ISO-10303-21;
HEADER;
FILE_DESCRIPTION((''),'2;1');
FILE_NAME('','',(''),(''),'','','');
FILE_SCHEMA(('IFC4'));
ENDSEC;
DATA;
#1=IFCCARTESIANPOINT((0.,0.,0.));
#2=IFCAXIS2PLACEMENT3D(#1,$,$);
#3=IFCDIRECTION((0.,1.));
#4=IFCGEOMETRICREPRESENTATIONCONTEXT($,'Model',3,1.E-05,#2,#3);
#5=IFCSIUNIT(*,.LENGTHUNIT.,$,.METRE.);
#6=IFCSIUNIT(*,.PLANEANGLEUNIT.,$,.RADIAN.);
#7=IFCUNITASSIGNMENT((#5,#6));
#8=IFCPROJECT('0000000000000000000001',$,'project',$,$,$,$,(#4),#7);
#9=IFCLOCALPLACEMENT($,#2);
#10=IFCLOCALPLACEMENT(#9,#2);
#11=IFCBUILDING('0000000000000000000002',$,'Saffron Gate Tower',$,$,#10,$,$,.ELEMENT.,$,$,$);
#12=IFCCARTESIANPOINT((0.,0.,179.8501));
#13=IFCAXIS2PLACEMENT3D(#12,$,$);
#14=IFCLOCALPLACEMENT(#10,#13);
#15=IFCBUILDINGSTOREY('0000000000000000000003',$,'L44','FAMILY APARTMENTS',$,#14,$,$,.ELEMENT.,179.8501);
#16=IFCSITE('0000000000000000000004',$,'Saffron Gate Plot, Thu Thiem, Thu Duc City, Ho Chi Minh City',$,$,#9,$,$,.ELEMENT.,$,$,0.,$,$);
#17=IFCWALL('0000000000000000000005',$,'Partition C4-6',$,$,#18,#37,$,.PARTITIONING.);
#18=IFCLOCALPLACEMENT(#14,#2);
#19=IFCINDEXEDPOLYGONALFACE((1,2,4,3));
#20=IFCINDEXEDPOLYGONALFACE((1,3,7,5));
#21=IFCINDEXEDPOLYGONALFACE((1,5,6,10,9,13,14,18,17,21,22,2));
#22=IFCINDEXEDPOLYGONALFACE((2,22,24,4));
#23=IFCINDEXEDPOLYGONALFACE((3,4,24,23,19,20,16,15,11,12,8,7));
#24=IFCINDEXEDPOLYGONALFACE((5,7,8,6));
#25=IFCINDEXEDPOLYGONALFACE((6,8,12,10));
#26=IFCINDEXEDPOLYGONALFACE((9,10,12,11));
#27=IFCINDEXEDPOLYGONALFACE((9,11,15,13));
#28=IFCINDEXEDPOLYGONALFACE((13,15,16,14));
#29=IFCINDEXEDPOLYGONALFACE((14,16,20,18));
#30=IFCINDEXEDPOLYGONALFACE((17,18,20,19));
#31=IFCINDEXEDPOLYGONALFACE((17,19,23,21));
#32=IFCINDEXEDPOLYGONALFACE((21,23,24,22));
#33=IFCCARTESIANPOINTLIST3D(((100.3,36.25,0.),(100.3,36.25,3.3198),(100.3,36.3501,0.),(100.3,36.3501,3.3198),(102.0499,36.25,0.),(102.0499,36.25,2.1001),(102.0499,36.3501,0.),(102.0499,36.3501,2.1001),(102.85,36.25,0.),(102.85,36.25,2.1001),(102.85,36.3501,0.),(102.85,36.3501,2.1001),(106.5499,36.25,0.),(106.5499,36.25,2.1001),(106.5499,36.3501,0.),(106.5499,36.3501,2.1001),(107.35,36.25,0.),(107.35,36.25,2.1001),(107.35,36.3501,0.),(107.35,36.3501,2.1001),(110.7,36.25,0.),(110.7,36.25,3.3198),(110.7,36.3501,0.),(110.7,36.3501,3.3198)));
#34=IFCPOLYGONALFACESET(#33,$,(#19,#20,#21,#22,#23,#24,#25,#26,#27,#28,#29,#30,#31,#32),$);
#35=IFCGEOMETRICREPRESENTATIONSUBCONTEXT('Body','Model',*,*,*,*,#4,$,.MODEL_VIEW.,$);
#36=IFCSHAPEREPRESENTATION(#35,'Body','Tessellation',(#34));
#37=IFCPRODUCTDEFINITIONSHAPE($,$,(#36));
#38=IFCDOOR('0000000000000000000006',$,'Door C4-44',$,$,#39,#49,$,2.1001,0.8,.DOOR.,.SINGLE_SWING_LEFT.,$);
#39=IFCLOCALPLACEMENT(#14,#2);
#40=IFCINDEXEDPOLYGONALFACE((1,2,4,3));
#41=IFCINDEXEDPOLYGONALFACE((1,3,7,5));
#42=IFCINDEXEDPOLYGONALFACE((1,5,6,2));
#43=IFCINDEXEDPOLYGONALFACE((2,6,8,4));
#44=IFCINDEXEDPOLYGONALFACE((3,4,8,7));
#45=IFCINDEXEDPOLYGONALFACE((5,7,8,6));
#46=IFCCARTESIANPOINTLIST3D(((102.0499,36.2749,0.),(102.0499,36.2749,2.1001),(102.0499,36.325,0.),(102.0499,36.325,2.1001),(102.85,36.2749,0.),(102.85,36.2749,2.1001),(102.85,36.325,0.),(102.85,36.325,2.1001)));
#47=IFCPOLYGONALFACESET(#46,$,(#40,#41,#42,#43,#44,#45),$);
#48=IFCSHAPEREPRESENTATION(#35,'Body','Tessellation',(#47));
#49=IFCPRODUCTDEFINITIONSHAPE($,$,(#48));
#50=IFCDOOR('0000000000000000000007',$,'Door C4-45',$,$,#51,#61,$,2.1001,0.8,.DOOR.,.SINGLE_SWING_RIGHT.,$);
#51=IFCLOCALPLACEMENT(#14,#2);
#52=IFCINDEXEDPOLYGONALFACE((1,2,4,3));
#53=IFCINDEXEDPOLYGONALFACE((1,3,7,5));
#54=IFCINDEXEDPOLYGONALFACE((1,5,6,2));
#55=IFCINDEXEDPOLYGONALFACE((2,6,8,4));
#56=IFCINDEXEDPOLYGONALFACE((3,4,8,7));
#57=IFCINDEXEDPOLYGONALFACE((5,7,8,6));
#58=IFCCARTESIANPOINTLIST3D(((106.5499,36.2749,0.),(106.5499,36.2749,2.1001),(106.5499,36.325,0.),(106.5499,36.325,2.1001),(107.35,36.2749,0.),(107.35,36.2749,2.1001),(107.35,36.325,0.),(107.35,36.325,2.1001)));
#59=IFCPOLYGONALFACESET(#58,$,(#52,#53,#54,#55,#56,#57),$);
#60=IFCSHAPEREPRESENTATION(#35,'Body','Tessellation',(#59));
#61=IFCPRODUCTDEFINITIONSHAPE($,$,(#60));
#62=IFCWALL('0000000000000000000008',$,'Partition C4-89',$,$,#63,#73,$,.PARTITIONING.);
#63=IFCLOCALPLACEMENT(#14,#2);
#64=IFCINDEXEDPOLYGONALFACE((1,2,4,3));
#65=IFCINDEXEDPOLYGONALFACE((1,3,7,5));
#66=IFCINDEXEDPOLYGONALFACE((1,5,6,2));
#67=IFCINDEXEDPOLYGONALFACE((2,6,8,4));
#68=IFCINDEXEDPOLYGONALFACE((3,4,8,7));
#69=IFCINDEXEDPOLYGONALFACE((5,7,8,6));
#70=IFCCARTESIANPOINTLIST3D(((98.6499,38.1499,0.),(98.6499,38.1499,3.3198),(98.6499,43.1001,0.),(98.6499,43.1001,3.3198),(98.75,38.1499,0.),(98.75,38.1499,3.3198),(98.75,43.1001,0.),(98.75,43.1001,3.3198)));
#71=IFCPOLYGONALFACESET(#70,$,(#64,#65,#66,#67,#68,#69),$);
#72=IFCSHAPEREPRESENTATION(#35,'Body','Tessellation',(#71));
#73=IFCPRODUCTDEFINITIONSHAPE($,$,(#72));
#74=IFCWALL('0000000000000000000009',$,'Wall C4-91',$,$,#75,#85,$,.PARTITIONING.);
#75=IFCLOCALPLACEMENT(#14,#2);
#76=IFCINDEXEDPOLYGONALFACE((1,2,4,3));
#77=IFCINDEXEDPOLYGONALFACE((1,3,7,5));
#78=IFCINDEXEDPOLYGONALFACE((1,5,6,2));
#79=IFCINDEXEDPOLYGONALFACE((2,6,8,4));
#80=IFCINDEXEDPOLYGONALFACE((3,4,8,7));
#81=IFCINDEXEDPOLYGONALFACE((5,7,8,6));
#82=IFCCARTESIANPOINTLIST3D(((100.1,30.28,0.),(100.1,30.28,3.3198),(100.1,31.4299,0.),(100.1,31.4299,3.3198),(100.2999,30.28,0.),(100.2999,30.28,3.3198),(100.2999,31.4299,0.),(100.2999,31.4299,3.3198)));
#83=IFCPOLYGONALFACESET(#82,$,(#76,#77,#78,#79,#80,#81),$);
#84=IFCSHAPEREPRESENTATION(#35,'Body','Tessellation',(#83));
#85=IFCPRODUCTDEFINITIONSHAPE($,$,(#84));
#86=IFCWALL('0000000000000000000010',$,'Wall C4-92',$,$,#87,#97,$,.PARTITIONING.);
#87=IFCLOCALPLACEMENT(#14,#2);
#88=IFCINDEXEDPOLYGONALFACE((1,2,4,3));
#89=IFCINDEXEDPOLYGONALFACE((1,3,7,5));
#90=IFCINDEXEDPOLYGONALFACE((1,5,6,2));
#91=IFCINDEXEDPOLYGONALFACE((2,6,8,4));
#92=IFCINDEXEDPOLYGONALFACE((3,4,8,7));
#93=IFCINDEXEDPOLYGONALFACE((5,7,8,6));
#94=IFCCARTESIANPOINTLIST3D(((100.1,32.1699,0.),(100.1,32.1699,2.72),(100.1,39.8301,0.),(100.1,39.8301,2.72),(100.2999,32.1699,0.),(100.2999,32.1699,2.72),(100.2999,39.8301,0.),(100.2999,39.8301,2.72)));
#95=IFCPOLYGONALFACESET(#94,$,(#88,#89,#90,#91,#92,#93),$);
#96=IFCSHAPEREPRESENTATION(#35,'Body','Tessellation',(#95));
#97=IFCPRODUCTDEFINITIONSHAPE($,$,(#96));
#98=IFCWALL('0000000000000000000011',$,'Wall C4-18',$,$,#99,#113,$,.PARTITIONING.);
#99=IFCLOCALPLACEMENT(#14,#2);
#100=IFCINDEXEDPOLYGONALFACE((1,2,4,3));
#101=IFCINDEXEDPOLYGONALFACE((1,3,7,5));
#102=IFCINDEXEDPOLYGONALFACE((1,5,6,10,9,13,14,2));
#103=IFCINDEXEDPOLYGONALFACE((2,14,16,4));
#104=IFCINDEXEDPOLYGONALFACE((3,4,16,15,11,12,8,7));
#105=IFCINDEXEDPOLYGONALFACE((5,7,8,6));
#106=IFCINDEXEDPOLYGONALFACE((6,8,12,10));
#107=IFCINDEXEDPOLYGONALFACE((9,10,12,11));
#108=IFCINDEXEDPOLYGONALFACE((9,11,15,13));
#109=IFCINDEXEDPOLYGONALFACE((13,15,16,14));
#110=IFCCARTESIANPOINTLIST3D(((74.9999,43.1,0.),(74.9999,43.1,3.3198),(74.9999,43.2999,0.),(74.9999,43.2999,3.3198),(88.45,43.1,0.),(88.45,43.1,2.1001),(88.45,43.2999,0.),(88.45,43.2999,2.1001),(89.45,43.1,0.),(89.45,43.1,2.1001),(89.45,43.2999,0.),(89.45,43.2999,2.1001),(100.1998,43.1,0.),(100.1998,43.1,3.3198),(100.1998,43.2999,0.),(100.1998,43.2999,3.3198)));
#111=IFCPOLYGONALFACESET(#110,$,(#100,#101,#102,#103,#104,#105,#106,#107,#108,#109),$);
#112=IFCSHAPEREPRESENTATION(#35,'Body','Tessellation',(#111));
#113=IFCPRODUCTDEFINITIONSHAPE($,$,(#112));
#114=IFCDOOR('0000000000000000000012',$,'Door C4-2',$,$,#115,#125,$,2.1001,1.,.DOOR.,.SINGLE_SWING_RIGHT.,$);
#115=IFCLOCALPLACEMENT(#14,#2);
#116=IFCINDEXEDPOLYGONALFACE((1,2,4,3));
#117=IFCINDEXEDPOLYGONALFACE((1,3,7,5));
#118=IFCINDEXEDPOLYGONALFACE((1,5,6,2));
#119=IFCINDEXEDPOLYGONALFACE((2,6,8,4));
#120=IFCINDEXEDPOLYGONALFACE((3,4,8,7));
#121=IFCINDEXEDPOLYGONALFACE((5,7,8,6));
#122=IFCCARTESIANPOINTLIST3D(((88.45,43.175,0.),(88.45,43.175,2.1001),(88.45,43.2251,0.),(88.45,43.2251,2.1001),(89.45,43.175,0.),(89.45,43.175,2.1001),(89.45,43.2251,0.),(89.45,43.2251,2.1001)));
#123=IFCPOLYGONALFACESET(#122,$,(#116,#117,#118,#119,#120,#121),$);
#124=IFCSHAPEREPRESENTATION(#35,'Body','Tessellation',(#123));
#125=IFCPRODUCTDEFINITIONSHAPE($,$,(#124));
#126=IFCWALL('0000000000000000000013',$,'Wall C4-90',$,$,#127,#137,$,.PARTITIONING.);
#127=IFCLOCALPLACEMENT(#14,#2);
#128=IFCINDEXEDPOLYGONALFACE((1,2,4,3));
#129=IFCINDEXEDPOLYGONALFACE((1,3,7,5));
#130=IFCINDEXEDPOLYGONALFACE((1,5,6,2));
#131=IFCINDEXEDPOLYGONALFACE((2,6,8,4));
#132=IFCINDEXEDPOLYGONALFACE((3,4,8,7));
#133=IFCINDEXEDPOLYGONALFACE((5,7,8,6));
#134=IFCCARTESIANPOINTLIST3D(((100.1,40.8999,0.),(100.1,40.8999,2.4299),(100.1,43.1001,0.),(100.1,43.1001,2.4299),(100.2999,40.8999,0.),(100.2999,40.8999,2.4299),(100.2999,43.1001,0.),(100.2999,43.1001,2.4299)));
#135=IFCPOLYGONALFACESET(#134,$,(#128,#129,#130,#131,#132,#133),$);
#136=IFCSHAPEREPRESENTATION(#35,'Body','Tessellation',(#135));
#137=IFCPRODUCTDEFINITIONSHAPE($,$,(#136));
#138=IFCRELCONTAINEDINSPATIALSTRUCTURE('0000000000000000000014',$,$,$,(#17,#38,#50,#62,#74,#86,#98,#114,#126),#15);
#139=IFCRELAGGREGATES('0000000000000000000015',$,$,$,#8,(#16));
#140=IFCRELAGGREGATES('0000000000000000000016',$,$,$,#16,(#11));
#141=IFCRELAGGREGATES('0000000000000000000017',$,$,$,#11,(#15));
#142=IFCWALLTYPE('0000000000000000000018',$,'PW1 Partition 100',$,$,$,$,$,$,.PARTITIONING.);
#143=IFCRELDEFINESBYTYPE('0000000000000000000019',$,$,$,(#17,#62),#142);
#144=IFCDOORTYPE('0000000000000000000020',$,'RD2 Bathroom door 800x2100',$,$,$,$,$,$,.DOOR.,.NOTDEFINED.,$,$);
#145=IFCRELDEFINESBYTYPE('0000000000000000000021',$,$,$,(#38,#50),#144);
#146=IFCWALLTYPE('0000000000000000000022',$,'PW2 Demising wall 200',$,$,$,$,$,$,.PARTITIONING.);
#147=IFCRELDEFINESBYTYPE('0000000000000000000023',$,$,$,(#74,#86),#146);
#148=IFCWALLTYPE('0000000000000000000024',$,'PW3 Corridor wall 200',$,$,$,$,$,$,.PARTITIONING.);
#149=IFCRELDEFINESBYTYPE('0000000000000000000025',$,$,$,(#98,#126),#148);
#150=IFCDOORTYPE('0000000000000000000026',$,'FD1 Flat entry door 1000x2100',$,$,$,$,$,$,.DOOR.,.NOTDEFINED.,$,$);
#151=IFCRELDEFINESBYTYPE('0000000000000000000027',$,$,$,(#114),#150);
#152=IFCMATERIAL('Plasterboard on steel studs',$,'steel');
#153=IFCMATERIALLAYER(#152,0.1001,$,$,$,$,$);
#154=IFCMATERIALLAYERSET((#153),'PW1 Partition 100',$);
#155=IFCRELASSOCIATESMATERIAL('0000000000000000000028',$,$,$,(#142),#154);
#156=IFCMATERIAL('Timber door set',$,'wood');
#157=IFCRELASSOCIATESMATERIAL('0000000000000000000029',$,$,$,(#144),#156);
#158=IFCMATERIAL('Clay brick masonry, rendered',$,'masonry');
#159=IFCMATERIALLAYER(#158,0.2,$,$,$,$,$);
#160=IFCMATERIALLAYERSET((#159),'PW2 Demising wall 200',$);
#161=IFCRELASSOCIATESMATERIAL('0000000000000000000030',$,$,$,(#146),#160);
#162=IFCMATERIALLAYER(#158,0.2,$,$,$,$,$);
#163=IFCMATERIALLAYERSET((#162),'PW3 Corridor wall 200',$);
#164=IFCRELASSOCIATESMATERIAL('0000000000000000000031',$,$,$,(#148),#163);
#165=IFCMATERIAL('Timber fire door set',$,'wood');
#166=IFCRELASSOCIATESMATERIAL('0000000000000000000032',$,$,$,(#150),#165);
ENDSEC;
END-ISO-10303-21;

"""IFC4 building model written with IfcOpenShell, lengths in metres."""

from ifc_helpers import new_model, si_unit, direction, frame, frame_2d, origin, place, context, subcontext, project, spatial, rectangle, extrude, material, layer, layer_set, type_object, element, fill, save


model = new_model("IFC4")

# Units and contexts
model_context = context("Model", 3, precision=1e-05, world=origin(), true_north=direction((0.0, 1.0)))
body_context = subcontext(model_context, "Body", "Model", "MODEL_VIEW")
ifc_project = project(units=[si_unit("LENGTHUNIT", "METRE"), si_unit("PLANEANGLEUNIT", "RADIAN")], contexts=[model_context])

# Site, building, storey
site_placement = place(None, origin())
site = spatial("IfcSite", under=ifc_project, at=site_placement, Name="Saffron Gate Plot, Thu Thiem, Thu Duc City, Ho Chi Minh City", CompositionType="ELEMENT", RefElevation=0.0)
building_placement = place(site_placement, origin())
building = spatial("IfcBuilding", under=site, at=building_placement, Name="Saffron Gate Tower", CompositionType="ELEMENT")
storey_placement = place(building_placement, frame((0.0, 0.0, 179.8501)))
storey = spatial("IfcBuildingStorey", under=building, at=storey_placement, Name="L44", Description="FAMILY APARTMENTS", CompositionType="ELEMENT", Elevation=179.8501)

# Wall, openings, doors
ifc_material_1 = material(Name="Plasterboard on steel studs", Category="steel")
ifc_layer_1 = layer(ifc_material_1, 0.1001)
ifc_layer_set_1 = layer_set([ifc_layer_1], Name="PW1 Partition 100")
wall_type_1 = type_object("IfcWallType", Name="PW1 Partition 100", PredefinedType="PARTITIONING", material=ifc_layer_set_1)
ifc_material_2 = material(Name="Timber door set", Category="wood")
wall_1_placement = place(storey_placement, frame((100.3, 36.3, 0.0), z_axis=(0.0, 0.0, 1.0), x_axis=(1.0, 0.0, 0.0)))
wall_1 = element("IfcWall", 1, at=wall_1_placement, inside=storey, type_object=wall_type_1, Name="Partition C4-6", PredefinedType="PARTITIONING", context=body_context, shape_type="SweptSolid", body=[
    extrude(rectangle(XDim=10.3999, YDim=0.1001, at=frame_2d((5.2, 0.0))), origin(), (0.0, 0.0, 1.0), 3.3198),
])
opening_1_placement = place(wall_1_placement, frame((1.75, 0.0, 0.0)))
opening_1 = element("IfcOpeningElement", 2, at=opening_1_placement, cuts=wall_1, PredefinedType="OPENING", context=body_context, shape_type="SweptSolid", body=[
    extrude(rectangle(XDim=0.8, YDim=2.1001, at=frame_2d((0.3999, 1.05))), frame((0.0, 0.0601, 0.0), z_axis=(0.0, -1.0, 0.0), x_axis=(1.0, 0.0, 0.0)), (0.0, 0.0, 1.0), 0.1201),
])
opening_2_placement = place(wall_1_placement, frame((6.25, 0.0, 0.0)))
opening_2 = element("IfcOpeningElement", 3, at=opening_2_placement, cuts=wall_1, PredefinedType="OPENING", context=body_context, shape_type="SweptSolid", body=[
    extrude(rectangle(XDim=0.8, YDim=2.1001, at=frame_2d((0.3999, 1.05))), frame((0.0, 0.0601, 0.0), z_axis=(0.0, -1.0, 0.0), x_axis=(1.0, 0.0, 0.0)), (0.0, 0.0, 1.0), 0.1201),
])
door_type_1 = type_object("IfcDoorType", Name="RD2 Bathroom door 800x2100", OperationType="NOTDEFINED", PredefinedType="DOOR", material=ifc_material_2)
door_1_placement = place(opening_1_placement, origin())
door_1 = element("IfcDoor", 4, at=door_1_placement, inside=storey, type_object=door_type_1, Name="Door C4-44", OperationType="SINGLE_SWING_LEFT", OverallHeight=2.1001, OverallWidth=0.8, PredefinedType="DOOR", context=body_context, shape_type="SweptSolid", body=[
    extrude(rectangle(XDim=0.8, YDim=2.1001, at=frame_2d((0.3999, 1.05))), frame((0.0, 0.0249, 0.0), z_axis=(0.0, -1.0, 0.0), x_axis=(1.0, 0.0, 0.0)), (0.0, 0.0, 1.0), 0.05),
])
fill(opening_1, door_1)
door_2_placement = place(opening_2_placement, origin())
door_2 = element("IfcDoor", 5, at=door_2_placement, inside=storey, type_object=door_type_1, Name="Door C4-45", OperationType="SINGLE_SWING_RIGHT", OverallHeight=2.1001, OverallWidth=0.8, PredefinedType="DOOR", context=body_context, shape_type="SweptSolid", body=[
    extrude(rectangle(XDim=0.8, YDim=2.1001, at=frame_2d((0.3999, 1.05))), frame((0.0, 0.0249, 0.0), z_axis=(0.0, -1.0, 0.0), x_axis=(1.0, 0.0, 0.0)), (0.0, 0.0, 1.0), 0.05),
])
fill(opening_2, door_2)

# Walls
wall_2_placement = place(storey_placement, frame((98.7, 43.1001, 0.0), z_axis=(0.0, 0.0, 1.0), x_axis=(0.0, -1.0, 0.0)))
element("IfcWall", 6, at=wall_2_placement, inside=storey, type_object=wall_type_1, Name="Partition C4-89", PredefinedType="PARTITIONING", context=body_context, shape_type="SweptSolid", body=[
    extrude(rectangle(XDim=4.9502, YDim=0.1001, at=frame_2d((2.4751, 0.0))), origin(), (0.0, 0.0, 1.0), 3.3198),
])
ifc_material_3 = material(Name="Clay brick masonry, rendered", Category="masonry")
ifc_layer_2 = layer(ifc_material_3, 0.2)
ifc_layer_set_2 = layer_set([ifc_layer_2], Name="PW2 Demising wall 200")
wall_type_2 = type_object("IfcWallType", Name="PW2 Demising wall 200", PredefinedType="PARTITIONING", material=ifc_layer_set_2)
wall_3_placement = place(storey_placement, frame((100.2, 31.4299, 0.0), z_axis=(0.0, 0.0, 1.0), x_axis=(0.0, -1.0, 0.0)))
element("IfcWall", 7, at=wall_3_placement, inside=storey, type_object=wall_type_2, Name="Wall C4-91", PredefinedType="PARTITIONING", context=body_context, shape_type="SweptSolid", body=[
    extrude(rectangle(XDim=1.1499, YDim=0.2, at=frame_2d((0.575, 0.0))), origin(), (0.0, 0.0, 1.0), 3.3198),
])
wall_4_placement = place(storey_placement, frame((100.2, 39.8301, 0.0), z_axis=(0.0, 0.0, 1.0), x_axis=(0.0, -1.0, 0.0)))
element("IfcWall", 8, at=wall_4_placement, inside=storey, type_object=wall_type_2, Name="Wall C4-92", PredefinedType="PARTITIONING", context=body_context, shape_type="SweptSolid", body=[
    extrude(rectangle(XDim=7.6602, YDim=0.2, at=frame_2d((3.8301, 0.0))), origin(), (0.0, 0.0, 1.0), 2.72),
])

# Wall, opening, door
ifc_layer_3 = layer(ifc_material_3, 0.2)
ifc_layer_set_3 = layer_set([ifc_layer_3], Name="PW3 Corridor wall 200")
wall_type_3 = type_object("IfcWallType", Name="PW3 Corridor wall 200", PredefinedType="PARTITIONING", material=ifc_layer_set_3)
wall_5_placement = place(storey_placement, frame((100.2, 43.2, 0.0), z_axis=(0.0, 0.0, 1.0), x_axis=(-1.0, 0.0, 0.0)))
wall_5 = element("IfcWall", 9, at=wall_5_placement, inside=storey, type_object=wall_type_3, Name="Wall C4-18", PredefinedType="PARTITIONING", context=body_context, shape_type="SweptSolid", body=[
    extrude(rectangle(XDim=25.2, YDim=0.2, at=frame_2d((12.6001, 0.0))), origin(), (0.0, 0.0, 1.0), 3.3198),
])
opening_3_placement = place(wall_5_placement, frame((10.75, 0.0, 0.0)))
opening_3 = element("IfcOpeningElement", 10, at=opening_3_placement, cuts=wall_5, PredefinedType="OPENING", context=body_context, shape_type="SweptSolid", body=[
    extrude(rectangle(XDim=1.0, YDim=2.1001, at=frame_2d((0.5, 1.05))), frame((0.0, 0.1099, 0.0), z_axis=(0.0, -1.0, 0.0), x_axis=(1.0, 0.0, 0.0)), (0.0, 0.0, 1.0), 0.22),
])
ifc_material_4 = material(Name="Timber fire door set", Category="wood")
door_type_2 = type_object("IfcDoorType", Name="FD1 Flat entry door 1000x2100", OperationType="NOTDEFINED", PredefinedType="DOOR", material=ifc_material_4)
door_3_placement = place(opening_3_placement, origin())
door_3 = element("IfcDoor", 11, at=door_3_placement, inside=storey, type_object=door_type_2, Name="Door C4-2", OperationType="SINGLE_SWING_RIGHT", OverallHeight=2.1001, OverallWidth=1.0, PredefinedType="DOOR", context=body_context, shape_type="SweptSolid", body=[
    extrude(rectangle(XDim=1.0, YDim=2.1001, at=frame_2d((0.5, 1.05))), frame((0.0, 0.0249, 0.0), z_axis=(0.0, -1.0, 0.0), x_axis=(1.0, 0.0, 0.0)), (0.0, 0.0, 1.0), 0.05),
])
fill(opening_3, door_3)

# Wall
wall_6_placement = place(storey_placement, frame((100.2, 43.1001, 0.0), z_axis=(0.0, 0.0, 1.0), x_axis=(0.0, -1.0, 0.0)))
element("IfcWall", 12, at=wall_6_placement, inside=storey, type_object=wall_type_3, Name="Wall C4-90", PredefinedType="PARTITIONING", context=body_context, shape_type="SweptSolid", body=[
    extrude(rectangle(XDim=2.2002, YDim=0.2, at=frame_2d((1.1001, 0.0))), origin(), (0.0, 0.0, 1.0), 2.4299),
])

save(model, "model.ifc")
